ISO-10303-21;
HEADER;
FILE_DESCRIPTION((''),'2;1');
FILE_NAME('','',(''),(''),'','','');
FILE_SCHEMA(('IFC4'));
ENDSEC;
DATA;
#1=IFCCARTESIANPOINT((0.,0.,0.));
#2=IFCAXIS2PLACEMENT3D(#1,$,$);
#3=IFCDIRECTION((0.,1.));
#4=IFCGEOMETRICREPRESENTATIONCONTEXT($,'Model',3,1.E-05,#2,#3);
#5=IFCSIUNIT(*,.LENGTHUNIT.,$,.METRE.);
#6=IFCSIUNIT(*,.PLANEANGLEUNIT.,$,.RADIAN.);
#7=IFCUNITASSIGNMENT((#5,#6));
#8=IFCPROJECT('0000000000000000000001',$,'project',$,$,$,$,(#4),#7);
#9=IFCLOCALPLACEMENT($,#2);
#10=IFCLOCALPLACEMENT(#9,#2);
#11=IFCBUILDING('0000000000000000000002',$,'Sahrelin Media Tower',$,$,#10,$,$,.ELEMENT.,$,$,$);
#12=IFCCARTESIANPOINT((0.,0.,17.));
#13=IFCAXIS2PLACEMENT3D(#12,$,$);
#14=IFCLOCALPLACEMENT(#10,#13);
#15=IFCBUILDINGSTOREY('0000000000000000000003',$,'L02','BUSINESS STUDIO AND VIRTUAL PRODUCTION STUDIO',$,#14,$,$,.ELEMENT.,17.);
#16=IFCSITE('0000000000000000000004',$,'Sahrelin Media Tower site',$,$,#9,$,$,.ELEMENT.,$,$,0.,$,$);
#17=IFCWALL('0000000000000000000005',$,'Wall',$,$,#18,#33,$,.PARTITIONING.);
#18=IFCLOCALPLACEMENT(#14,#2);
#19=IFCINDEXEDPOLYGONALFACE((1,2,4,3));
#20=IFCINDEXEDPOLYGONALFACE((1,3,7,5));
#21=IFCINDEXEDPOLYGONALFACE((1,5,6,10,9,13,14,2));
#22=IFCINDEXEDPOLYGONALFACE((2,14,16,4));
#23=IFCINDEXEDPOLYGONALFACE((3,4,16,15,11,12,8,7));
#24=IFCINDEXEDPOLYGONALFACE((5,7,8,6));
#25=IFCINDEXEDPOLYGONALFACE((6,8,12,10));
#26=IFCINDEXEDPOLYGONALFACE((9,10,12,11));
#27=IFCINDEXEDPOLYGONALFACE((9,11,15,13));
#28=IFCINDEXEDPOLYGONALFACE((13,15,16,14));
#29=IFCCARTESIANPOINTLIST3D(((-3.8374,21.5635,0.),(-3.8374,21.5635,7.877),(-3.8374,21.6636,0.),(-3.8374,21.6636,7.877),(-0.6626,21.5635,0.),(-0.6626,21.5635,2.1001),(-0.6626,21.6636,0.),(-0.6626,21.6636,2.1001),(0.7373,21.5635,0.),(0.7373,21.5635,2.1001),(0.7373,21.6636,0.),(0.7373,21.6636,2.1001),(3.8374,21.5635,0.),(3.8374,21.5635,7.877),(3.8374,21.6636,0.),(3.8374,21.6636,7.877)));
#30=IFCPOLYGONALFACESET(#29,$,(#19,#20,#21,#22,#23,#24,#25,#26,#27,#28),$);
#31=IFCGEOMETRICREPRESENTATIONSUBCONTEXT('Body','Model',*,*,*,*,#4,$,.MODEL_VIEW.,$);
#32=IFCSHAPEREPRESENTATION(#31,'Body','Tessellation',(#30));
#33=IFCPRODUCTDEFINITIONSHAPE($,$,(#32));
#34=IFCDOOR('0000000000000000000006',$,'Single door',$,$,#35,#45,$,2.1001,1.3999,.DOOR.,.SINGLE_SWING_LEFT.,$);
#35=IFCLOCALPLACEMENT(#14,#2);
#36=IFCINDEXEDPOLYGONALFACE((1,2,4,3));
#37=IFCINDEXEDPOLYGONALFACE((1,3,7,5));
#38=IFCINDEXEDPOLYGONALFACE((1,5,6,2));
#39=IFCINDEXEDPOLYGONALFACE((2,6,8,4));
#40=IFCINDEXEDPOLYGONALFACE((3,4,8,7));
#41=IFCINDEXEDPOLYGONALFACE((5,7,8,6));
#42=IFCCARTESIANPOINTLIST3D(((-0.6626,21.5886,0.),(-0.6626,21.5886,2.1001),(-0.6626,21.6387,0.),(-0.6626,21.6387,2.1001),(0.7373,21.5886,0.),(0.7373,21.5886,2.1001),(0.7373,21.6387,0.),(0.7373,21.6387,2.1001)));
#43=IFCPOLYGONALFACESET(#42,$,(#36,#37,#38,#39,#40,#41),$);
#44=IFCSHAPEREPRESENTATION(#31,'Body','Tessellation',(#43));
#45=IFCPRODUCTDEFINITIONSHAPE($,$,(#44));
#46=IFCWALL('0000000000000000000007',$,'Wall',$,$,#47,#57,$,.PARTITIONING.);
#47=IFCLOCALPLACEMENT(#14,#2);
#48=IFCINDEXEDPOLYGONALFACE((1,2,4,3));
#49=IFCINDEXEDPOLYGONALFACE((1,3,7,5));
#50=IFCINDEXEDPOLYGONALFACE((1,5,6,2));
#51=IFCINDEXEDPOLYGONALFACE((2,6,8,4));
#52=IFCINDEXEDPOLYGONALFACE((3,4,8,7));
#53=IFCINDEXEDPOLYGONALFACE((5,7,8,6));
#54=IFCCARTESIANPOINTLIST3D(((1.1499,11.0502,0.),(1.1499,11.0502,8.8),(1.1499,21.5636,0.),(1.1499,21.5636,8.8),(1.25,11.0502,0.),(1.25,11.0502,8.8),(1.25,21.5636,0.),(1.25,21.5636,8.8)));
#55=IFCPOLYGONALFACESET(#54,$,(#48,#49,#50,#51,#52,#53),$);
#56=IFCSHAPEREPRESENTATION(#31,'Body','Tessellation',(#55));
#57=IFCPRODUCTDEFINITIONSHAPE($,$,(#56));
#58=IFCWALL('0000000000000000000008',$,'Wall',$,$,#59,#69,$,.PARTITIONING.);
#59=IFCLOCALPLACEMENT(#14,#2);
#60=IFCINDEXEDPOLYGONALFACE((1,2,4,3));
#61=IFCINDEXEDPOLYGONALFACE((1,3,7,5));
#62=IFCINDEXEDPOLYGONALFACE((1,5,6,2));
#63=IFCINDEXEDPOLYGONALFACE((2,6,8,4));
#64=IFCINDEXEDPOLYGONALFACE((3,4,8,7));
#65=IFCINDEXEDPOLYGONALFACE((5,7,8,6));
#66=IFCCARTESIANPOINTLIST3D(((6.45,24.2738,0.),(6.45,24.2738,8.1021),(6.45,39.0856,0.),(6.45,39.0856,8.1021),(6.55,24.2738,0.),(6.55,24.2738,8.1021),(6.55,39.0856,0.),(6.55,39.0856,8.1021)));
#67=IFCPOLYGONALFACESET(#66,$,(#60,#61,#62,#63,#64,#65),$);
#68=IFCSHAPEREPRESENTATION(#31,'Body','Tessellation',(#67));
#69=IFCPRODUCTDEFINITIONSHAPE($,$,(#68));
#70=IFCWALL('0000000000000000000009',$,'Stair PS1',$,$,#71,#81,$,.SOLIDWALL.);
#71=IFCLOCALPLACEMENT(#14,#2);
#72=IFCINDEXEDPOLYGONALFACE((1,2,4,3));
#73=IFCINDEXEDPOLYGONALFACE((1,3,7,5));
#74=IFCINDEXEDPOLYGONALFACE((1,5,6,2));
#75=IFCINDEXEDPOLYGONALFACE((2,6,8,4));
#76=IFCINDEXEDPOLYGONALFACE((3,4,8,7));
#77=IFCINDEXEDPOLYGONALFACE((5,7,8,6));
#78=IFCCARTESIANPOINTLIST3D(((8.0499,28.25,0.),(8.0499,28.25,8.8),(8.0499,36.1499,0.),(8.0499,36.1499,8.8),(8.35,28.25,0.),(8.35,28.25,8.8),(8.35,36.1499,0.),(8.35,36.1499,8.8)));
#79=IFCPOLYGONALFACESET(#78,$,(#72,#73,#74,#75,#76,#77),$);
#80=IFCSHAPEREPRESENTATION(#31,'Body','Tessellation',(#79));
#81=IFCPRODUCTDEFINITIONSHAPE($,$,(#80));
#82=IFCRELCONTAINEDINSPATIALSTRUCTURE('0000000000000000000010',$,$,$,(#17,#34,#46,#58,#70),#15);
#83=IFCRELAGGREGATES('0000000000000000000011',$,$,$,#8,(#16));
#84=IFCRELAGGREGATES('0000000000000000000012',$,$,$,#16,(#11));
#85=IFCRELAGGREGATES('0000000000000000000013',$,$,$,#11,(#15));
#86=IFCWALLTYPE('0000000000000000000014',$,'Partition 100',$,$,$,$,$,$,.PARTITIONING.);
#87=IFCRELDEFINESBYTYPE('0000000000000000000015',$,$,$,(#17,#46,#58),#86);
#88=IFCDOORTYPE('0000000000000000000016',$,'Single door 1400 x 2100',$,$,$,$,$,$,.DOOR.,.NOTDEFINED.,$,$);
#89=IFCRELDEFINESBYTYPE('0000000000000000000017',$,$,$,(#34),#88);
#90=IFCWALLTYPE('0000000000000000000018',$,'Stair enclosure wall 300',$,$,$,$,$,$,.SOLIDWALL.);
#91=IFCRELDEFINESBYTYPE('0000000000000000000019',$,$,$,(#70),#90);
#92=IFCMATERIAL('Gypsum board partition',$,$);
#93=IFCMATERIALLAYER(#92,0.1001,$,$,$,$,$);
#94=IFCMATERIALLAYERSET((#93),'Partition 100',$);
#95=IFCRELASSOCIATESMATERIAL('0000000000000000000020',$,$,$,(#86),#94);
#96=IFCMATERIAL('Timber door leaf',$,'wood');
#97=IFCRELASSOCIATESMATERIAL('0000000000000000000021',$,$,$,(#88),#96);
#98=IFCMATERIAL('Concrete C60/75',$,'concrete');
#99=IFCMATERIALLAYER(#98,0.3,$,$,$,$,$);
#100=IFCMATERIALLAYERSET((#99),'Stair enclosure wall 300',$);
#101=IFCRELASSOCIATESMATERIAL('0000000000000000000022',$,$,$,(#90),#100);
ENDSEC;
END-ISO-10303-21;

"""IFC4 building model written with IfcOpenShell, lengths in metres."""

from ifc_helpers import new_model, si_unit, direction, frame, frame_2d, origin, place, context, subcontext, project, spatial, rectangle, extrude, material, layer, layer_set, type_object, element, fill, save


model = new_model("IFC4")

# Units and contexts
model_context = context("Model", 3, precision=1e-05, world=origin(), true_north=direction((0.0, 1.0)))
body_context = subcontext(model_context, "Body", "Model", "MODEL_VIEW")
ifc_project = project(units=[si_unit("LENGTHUNIT", "METRE"), si_unit("PLANEANGLEUNIT", "RADIAN")], contexts=[model_context])

# Site, building, storey
site_placement = place(None, origin())
site = spatial("IfcSite", under=ifc_project, at=site_placement, Name="Sahrelin Media Tower site", CompositionType="ELEMENT", RefElevation=0.0)
building_placement = place(site_placement, origin())
building = spatial("IfcBuilding", under=site, at=building_placement, Name="Sahrelin Media Tower", CompositionType="ELEMENT")
storey_placement = place(building_placement, frame((0.0, 0.0, 17.0)))
storey = spatial("IfcBuildingStorey", under=building, at=storey_placement, Name="L02", Description="BUSINESS STUDIO AND VIRTUAL PRODUCTION STUDIO", CompositionType="ELEMENT", Elevation=17.0)

# Shared definitions
ifc_material_1 = material(Name="Timber door leaf", Category="wood")

# Shared definitions
ifc_material_2 = material(Name="Gypsum board partition")
ifc_layer_1 = layer(ifc_material_2, 0.1001)
ifc_layer_set_1 = layer_set([ifc_layer_1], Name="Partition 100")
wall_type_1 = type_object("IfcWallType", Name="Partition 100", PredefinedType="PARTITIONING", material=ifc_layer_set_1)

# Wall, opening, door
wall_1_placement = place(storey_placement, frame((3.8374, 21.6135, 0.0), z_axis=(0.0, 0.0, 1.0), x_axis=(-1.0, 0.0, 0.0)))
wall_1 = element("IfcWall", 1, at=wall_1_placement, inside=storey, type_object=wall_type_1, Name="Wall", PredefinedType="PARTITIONING", context=body_context, shape_type="SweptSolid", body=[
    extrude(rectangle(XDim=7.6748, YDim=0.1001, at=frame_2d((3.8374, 0.0))), origin(), (0.0, 0.0, 1.0), 7.877),
])
opening_1_placement = place(wall_1_placement, frame((3.1001, 0.0, 0.0)))
opening_1 = element("IfcOpeningElement", 2, at=opening_1_placement, cuts=wall_1, PredefinedType="OPENING", context=body_context, shape_type="SweptSolid", body=[
    extrude(rectangle(XDim=1.3999, YDim=2.1001, at=frame_2d((0.7, 1.05))), frame((0.0, 0.05, 0.0), z_axis=(0.0, -1.0, 0.0), x_axis=(1.0, 0.0, 0.0)), (0.0, 0.0, 1.0), 0.1001),
])
door_type_1 = type_object("IfcDoorType", Name="Single door 1400 x 2100", OperationType="NOTDEFINED", PredefinedType="DOOR", material=ifc_material_1)
door_1_placement = place(opening_1_placement, origin())
door_1 = element("IfcDoor", 3, at=door_1_placement, inside=storey, type_object=door_type_1, Name="Single door", OperationType="SINGLE_SWING_LEFT", OverallHeight=2.1001, OverallWidth=1.3999, PredefinedType="DOOR", context=body_context, shape_type="SweptSolid", body=[
    extrude(rectangle(XDim=1.3999, YDim=2.1001, at=frame_2d((0.7, 1.05))), frame((0.0, 0.0249, 0.0), z_axis=(0.0, -1.0, 0.0), x_axis=(1.0, 0.0, 0.0)), (0.0, 0.0, 1.0), 0.05),
])
fill(opening_1, door_1)

# Walls
wall_2_placement = place(storey_placement, frame((1.2, 11.05, 0.0), z_axis=(0.0, 0.0, 1.0), x_axis=(0.0, 1.0, 0.0)))
element("IfcWall", 4, at=wall_2_placement, inside=storey, type_object=wall_type_1, Name="Wall", PredefinedType="PARTITIONING", context=body_context, shape_type="SweptSolid", body=[
    extrude(rectangle(XDim=10.5134, YDim=0.1001, at=frame_2d((5.2568, 0.0))), origin(), (0.0, 0.0, 1.0), 8.8),
])
wall_3_placement = place(storey_placement, frame((6.5, 24.2739, 0.0), z_axis=(0.0, 0.0, 1.0), x_axis=(0.0, 1.0, 0.0)))
element("IfcWall", 5, at=wall_3_placement, inside=storey, type_object=wall_type_1, Name="Wall", PredefinedType="PARTITIONING", context=body_context, shape_type="SweptSolid", body=[
    extrude(rectangle(XDim=14.8118, YDim=0.1001, at=frame_2d((7.4058, 0.0))), origin(), (0.0, 0.0, 1.0), 8.1021),
])
ifc_material_3 = material(Name="Concrete C60/75", Category="concrete")
ifc_layer_2 = layer(ifc_material_3, 0.3)
ifc_layer_set_2 = layer_set([ifc_layer_2], Name="Stair enclosure wall 300")
wall_type_2 = type_object("IfcWallType", Name="Stair enclosure wall 300", PredefinedType="SOLIDWALL", material=ifc_layer_set_2)
wall_4_placement = place(storey_placement, frame((8.2, 28.25, 0.0), z_axis=(0.0, 0.0, 1.0), x_axis=(0.0, 1.0, 0.0)))
element("IfcWall", 6, at=wall_4_placement, inside=storey, type_object=wall_type_2, Name="Stair PS1", PredefinedType="SOLIDWALL", context=body_context, shape_type="SweptSolid", body=[
    extrude(rectangle(XDim=7.8999, YDim=0.3, at=frame_2d((3.95, 0.0))), origin(), (0.0, 0.0, 1.0), 8.8),
])

save(model, "model.ifc")
